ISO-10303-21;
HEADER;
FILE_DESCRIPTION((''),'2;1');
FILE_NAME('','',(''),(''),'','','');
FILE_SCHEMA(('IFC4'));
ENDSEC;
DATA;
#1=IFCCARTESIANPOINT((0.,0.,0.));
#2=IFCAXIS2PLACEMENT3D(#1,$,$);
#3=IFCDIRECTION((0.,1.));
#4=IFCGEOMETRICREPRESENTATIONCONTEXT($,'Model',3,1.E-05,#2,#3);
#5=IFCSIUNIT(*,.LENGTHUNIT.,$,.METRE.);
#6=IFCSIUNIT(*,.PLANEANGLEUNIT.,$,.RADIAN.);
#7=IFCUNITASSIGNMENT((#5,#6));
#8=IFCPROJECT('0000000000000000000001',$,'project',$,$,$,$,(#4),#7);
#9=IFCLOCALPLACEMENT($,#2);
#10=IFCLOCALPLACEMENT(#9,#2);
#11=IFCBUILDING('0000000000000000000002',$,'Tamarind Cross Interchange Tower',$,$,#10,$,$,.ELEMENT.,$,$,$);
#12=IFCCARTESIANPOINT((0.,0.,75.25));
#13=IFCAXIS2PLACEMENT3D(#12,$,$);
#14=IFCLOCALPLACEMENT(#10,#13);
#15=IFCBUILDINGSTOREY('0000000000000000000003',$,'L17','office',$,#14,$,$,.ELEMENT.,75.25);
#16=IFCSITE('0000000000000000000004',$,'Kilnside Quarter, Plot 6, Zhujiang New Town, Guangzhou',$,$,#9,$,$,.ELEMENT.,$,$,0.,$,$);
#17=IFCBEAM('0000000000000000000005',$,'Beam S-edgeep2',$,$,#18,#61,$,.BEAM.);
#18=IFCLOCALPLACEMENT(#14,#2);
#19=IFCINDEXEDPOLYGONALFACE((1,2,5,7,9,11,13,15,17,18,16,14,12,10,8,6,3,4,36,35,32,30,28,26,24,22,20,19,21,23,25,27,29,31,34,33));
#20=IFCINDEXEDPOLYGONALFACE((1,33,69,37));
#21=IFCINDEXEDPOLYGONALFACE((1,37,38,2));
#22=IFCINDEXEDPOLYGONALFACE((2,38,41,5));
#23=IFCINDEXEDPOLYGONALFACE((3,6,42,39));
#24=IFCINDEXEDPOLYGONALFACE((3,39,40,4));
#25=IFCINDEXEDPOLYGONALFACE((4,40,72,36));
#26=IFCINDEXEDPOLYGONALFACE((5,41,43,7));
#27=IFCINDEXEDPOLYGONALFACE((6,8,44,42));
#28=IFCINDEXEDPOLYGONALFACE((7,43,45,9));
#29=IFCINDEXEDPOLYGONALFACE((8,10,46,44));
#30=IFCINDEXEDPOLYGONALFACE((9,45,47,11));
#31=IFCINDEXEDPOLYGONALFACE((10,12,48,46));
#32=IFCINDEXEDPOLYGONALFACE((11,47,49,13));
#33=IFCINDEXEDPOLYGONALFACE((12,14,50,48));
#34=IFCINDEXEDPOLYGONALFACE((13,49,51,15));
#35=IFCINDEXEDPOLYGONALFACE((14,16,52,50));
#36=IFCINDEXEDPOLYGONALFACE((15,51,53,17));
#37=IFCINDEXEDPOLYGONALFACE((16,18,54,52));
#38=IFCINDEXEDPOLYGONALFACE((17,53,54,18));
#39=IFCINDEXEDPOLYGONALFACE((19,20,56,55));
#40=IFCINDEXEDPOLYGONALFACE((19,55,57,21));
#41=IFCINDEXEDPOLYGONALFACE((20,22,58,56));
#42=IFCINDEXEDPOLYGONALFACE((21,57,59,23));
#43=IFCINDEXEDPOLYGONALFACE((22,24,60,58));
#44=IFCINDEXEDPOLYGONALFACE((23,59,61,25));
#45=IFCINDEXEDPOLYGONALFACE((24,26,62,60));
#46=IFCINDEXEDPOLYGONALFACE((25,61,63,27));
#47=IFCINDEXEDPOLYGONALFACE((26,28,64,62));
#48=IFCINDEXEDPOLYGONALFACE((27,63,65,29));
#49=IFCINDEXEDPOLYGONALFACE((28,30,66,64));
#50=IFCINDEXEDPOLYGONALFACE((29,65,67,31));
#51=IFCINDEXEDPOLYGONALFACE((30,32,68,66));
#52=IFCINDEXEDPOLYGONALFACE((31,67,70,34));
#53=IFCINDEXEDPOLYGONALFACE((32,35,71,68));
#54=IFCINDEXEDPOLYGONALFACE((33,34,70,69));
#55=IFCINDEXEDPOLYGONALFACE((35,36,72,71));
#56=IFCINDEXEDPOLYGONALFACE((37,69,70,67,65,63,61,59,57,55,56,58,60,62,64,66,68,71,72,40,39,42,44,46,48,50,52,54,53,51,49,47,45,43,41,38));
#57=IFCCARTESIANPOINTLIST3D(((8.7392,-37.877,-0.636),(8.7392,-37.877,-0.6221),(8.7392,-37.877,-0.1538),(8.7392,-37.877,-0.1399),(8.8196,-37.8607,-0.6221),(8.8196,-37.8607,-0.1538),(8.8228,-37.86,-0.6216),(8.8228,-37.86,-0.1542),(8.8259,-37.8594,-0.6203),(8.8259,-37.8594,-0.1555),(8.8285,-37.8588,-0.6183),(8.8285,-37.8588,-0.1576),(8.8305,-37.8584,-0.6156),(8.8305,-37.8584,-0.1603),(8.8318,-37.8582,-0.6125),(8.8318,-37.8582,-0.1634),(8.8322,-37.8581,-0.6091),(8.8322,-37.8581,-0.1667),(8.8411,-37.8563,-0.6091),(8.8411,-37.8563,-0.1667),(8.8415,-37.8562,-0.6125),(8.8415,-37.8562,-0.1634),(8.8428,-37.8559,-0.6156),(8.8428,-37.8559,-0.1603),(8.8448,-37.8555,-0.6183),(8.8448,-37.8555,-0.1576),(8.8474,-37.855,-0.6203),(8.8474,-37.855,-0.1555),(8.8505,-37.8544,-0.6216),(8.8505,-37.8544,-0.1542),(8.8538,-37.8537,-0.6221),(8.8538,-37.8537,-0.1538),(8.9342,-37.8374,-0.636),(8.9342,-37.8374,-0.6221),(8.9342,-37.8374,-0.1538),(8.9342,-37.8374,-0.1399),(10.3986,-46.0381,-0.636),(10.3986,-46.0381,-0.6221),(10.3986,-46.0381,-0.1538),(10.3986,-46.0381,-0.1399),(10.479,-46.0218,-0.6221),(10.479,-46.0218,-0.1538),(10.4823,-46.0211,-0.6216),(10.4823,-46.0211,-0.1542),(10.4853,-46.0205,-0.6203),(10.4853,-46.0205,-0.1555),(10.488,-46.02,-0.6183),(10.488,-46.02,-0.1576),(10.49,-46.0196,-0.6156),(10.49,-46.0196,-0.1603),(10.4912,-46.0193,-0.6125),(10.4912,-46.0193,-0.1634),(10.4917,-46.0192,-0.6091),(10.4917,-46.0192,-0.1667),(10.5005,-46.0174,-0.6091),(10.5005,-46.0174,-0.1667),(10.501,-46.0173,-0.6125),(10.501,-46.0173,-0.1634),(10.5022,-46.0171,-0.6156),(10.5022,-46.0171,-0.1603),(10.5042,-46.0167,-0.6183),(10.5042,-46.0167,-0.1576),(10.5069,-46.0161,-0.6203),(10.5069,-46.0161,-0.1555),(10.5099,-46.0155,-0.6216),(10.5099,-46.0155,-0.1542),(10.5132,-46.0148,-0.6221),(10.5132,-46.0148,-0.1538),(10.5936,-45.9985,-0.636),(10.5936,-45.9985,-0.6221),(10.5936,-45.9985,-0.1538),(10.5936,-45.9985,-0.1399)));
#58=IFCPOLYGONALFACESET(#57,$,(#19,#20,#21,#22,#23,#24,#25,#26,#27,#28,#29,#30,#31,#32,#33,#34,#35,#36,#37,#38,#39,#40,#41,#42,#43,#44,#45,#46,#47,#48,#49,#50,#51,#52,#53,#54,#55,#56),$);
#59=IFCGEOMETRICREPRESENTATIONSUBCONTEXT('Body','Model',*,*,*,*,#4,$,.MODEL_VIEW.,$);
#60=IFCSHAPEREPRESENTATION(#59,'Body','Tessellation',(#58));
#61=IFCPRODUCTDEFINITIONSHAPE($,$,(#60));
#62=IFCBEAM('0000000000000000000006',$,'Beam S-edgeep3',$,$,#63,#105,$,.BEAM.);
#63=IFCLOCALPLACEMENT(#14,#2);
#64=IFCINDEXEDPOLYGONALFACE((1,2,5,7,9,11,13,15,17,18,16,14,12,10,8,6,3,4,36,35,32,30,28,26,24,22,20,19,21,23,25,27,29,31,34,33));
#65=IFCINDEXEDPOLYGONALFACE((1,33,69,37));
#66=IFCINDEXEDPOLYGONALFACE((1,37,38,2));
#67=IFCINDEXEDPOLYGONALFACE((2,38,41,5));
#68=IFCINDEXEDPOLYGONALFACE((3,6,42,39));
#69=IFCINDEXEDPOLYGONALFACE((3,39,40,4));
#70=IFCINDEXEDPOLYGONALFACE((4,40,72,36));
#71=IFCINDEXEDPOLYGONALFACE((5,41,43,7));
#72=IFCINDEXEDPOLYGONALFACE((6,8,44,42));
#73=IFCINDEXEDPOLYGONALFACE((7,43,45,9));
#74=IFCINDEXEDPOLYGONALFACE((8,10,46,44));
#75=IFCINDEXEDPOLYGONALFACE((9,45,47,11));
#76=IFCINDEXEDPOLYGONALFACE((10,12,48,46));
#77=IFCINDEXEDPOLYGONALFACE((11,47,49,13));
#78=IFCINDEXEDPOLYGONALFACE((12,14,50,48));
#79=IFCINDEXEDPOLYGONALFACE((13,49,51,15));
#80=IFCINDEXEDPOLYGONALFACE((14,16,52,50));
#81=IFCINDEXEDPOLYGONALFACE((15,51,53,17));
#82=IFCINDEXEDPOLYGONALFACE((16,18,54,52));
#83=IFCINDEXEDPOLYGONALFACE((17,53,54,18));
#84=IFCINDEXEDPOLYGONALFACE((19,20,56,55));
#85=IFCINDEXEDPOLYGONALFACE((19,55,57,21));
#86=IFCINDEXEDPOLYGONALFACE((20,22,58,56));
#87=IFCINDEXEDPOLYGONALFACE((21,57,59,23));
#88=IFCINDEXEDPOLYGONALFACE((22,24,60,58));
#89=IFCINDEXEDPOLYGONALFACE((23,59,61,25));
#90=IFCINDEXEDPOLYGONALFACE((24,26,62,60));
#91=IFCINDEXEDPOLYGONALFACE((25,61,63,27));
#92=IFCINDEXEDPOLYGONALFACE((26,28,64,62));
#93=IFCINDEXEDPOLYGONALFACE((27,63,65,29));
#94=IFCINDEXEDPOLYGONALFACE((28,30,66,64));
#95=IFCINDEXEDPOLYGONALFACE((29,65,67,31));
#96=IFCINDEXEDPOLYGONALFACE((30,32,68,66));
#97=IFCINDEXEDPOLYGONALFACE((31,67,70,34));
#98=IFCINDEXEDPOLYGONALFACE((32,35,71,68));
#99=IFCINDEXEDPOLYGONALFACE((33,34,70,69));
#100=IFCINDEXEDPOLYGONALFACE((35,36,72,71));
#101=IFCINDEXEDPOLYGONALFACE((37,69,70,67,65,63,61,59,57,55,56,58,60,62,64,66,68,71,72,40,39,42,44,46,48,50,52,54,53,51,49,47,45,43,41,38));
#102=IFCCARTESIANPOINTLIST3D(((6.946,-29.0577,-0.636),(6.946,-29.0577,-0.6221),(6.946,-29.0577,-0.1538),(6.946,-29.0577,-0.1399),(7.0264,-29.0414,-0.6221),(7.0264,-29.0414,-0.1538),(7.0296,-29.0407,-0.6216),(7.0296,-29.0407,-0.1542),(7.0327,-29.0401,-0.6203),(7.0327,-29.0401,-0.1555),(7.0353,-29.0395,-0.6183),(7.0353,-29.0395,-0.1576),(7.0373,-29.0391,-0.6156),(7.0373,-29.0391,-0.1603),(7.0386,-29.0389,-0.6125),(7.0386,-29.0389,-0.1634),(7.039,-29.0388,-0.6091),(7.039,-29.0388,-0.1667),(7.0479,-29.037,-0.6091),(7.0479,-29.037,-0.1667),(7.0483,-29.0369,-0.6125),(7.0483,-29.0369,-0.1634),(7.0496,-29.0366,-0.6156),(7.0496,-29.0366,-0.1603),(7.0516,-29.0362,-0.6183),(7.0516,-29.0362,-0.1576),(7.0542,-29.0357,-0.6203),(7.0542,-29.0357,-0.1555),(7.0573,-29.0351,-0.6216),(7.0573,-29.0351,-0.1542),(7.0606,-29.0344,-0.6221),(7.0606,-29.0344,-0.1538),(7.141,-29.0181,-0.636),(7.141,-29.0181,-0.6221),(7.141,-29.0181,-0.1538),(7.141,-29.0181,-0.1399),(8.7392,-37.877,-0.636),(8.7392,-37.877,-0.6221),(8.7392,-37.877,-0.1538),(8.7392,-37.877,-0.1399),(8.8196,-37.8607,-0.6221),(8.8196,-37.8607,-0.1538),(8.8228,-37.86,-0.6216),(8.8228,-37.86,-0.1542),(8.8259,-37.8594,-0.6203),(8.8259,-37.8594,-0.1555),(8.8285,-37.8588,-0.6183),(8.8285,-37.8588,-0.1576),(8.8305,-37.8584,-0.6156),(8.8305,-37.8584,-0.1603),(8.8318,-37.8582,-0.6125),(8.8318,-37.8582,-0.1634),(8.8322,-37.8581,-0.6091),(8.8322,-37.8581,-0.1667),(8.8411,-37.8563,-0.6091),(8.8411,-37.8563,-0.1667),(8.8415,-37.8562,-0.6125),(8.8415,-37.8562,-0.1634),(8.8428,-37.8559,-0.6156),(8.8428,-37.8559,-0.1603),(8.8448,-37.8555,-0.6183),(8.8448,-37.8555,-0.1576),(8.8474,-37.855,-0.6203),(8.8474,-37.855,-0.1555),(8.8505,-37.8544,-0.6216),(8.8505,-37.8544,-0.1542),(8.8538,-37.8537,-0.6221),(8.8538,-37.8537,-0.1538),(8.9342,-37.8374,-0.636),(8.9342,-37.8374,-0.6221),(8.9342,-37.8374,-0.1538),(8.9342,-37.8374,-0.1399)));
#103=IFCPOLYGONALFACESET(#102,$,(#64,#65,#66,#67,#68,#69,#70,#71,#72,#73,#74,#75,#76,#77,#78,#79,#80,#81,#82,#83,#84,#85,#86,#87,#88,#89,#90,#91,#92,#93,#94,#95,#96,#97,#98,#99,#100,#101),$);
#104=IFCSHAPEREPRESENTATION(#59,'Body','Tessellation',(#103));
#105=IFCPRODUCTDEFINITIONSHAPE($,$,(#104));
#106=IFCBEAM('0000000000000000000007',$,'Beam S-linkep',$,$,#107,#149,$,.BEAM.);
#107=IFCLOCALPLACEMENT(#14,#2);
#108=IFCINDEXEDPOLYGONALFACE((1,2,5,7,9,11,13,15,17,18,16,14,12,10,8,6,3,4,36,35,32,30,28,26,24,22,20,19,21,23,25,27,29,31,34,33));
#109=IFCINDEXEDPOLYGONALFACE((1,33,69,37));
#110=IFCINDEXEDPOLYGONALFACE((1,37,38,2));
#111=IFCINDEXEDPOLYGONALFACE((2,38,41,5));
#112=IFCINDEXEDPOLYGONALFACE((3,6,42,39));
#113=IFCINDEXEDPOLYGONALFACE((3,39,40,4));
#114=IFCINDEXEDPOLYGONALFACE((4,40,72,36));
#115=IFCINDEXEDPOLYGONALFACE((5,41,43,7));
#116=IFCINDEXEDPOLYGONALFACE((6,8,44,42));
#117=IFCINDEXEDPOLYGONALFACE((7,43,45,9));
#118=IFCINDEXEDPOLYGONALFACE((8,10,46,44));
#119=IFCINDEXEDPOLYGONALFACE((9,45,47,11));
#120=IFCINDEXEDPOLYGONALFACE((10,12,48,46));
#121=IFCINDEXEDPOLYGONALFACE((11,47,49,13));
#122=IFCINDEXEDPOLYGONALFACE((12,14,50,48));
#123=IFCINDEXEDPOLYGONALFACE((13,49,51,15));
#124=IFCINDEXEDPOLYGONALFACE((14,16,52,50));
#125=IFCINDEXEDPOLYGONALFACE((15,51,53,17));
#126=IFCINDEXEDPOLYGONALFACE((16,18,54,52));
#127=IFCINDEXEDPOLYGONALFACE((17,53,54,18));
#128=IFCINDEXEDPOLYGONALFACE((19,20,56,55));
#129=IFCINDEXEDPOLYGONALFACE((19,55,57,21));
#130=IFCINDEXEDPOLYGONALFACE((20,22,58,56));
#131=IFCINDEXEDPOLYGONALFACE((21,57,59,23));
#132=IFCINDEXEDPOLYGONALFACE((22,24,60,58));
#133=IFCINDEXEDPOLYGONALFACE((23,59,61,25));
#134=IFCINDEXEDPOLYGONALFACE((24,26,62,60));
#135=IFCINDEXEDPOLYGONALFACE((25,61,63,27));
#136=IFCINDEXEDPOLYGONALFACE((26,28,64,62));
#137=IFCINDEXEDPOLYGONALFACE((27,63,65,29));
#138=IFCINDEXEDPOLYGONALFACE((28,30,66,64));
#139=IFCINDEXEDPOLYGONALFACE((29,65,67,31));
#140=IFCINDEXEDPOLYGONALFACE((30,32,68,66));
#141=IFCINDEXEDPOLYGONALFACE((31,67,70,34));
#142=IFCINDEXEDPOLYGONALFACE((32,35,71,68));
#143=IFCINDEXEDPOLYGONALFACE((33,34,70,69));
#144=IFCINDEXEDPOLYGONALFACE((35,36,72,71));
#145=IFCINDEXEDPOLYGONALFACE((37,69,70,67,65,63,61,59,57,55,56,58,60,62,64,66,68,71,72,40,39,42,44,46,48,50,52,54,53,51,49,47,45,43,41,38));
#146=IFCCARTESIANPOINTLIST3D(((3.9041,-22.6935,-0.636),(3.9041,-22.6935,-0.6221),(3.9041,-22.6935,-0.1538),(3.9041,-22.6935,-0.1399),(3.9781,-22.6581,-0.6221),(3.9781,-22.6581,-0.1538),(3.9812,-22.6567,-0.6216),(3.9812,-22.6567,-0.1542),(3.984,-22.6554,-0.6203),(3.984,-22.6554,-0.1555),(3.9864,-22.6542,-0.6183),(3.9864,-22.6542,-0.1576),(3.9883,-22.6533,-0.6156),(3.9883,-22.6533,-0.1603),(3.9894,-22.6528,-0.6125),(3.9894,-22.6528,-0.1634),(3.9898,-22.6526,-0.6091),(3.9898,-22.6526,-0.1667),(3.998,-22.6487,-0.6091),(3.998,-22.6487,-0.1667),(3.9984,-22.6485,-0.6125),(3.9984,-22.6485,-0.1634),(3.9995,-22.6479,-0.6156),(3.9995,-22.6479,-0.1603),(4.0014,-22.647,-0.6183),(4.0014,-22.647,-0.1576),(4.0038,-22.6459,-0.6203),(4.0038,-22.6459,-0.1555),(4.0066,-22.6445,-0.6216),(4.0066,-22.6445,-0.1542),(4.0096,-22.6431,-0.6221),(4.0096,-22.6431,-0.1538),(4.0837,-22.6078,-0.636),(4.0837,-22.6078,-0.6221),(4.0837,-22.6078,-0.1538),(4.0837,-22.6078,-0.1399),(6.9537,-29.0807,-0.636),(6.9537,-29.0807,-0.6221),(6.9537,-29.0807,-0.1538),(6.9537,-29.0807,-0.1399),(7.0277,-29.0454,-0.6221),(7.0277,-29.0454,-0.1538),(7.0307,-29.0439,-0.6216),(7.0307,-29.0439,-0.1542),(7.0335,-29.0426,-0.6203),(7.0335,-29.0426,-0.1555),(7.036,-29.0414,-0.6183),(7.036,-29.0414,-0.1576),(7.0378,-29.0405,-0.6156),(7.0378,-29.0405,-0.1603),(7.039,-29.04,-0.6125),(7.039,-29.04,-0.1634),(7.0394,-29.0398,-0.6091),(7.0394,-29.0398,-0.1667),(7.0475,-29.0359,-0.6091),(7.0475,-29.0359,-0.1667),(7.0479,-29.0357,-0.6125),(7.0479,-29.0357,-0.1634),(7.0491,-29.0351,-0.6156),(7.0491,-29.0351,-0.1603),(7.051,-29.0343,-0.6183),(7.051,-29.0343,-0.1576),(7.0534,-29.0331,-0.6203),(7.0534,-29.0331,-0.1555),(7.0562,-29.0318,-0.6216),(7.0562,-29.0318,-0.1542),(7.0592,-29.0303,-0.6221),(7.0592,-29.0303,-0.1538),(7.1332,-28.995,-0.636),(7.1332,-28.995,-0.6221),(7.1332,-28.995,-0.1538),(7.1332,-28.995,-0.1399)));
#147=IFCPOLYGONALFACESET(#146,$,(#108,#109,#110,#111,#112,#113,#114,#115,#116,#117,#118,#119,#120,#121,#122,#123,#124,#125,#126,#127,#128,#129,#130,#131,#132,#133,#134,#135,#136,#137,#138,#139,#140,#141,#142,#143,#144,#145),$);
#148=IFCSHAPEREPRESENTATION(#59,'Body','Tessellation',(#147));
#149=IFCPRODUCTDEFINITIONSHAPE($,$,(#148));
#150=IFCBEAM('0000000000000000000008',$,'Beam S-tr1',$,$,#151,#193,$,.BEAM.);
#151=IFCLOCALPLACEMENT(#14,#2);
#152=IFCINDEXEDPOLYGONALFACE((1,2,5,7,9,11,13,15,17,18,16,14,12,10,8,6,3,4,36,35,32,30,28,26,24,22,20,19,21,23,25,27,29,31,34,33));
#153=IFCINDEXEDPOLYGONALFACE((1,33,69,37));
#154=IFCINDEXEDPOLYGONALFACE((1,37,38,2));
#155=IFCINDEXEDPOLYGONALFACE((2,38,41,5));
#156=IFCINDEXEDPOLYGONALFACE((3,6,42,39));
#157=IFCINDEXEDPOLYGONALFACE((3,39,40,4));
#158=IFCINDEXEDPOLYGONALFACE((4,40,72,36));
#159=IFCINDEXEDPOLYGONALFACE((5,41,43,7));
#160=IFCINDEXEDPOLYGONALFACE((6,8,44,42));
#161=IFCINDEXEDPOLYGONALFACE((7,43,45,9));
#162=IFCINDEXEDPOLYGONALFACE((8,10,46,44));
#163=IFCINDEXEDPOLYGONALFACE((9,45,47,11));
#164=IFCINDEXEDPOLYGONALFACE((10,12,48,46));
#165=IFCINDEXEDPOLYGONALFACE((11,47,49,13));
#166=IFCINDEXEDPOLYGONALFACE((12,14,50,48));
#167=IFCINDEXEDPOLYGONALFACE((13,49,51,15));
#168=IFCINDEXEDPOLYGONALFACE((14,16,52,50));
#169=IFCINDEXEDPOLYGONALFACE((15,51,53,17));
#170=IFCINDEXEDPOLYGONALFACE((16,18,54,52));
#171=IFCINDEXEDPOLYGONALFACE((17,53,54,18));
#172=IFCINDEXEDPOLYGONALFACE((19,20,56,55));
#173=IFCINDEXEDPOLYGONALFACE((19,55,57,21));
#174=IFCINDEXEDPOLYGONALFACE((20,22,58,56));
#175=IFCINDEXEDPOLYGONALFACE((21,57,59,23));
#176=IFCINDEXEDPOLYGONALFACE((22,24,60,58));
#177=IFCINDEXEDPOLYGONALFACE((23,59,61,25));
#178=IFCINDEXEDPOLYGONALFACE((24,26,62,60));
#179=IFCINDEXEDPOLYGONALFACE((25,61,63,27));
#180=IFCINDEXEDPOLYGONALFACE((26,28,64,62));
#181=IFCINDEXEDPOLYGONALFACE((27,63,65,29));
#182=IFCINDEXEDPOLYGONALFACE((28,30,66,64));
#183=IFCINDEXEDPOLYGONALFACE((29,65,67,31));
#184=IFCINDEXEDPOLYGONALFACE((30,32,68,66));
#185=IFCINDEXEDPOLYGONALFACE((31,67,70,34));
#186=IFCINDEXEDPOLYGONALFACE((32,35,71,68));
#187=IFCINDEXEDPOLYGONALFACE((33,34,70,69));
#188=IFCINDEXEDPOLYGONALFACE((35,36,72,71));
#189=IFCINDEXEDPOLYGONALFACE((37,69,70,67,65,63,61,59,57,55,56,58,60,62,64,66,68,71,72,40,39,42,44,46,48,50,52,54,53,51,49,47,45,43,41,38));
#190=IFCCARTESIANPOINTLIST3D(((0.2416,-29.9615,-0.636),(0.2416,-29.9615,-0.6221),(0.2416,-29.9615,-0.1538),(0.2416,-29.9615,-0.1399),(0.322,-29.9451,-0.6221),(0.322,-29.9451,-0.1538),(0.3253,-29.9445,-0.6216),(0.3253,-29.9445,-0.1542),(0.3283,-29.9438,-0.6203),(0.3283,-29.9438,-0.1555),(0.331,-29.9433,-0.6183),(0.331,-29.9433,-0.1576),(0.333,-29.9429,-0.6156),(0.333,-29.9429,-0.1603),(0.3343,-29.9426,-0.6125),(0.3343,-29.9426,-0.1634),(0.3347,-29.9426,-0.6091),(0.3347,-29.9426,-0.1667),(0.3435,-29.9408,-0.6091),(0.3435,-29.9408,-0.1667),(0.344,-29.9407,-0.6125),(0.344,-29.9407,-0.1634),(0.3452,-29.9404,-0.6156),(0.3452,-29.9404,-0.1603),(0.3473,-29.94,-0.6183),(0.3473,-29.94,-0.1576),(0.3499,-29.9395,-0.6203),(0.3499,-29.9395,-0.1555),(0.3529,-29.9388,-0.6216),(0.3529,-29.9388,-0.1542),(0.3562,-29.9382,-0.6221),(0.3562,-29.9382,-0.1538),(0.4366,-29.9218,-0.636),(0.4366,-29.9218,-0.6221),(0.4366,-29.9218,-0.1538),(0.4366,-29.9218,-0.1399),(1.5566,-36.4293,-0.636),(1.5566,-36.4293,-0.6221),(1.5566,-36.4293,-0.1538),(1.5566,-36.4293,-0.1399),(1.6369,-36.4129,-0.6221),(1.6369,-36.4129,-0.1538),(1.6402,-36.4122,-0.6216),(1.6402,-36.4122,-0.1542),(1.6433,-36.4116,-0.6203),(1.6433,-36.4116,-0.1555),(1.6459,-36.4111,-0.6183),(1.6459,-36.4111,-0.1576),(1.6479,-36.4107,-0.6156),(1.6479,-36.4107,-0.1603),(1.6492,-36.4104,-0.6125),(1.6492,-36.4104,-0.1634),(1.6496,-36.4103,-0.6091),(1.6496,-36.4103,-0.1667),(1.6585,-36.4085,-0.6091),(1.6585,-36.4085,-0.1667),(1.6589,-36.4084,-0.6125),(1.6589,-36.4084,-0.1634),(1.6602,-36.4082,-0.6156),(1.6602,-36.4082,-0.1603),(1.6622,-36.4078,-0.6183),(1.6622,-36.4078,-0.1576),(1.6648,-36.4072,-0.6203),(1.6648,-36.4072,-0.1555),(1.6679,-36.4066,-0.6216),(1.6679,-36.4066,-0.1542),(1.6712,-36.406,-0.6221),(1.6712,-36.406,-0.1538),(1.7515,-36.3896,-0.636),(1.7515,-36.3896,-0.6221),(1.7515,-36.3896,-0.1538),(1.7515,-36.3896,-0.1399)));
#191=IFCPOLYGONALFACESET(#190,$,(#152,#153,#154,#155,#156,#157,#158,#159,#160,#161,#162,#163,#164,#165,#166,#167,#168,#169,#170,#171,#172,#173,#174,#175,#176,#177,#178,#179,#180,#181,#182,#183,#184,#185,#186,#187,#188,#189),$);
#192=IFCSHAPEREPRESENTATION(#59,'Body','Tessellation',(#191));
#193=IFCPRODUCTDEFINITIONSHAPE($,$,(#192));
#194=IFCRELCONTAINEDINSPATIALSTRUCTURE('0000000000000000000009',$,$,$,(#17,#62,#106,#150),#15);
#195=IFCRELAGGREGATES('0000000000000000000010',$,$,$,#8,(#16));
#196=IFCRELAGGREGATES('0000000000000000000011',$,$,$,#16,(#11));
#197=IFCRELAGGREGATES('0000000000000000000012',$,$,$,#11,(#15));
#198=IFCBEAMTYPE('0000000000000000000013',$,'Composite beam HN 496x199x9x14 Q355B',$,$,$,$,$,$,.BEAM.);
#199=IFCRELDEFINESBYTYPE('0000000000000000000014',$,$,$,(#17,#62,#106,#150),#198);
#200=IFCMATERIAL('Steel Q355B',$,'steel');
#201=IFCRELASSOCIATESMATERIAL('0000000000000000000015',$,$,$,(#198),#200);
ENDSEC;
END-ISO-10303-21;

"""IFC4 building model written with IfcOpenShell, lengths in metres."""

from ifc_helpers import new_model, si_unit, direction, frame, origin, origin_2d, place, context, subcontext, project, spatial, i_section, extrude, material, material_profile, profile_set, type_object, element, save


model = new_model("IFC4")

# Units and contexts
model_context = context("Model", 3, precision=1e-05, world=origin(), true_north=direction((0.0, 1.0)))
body_context = subcontext(model_context, "Body", "Model", "MODEL_VIEW")
ifc_project = project(units=[si_unit("LENGTHUNIT", "METRE"), si_unit("PLANEANGLEUNIT", "RADIAN")], contexts=[model_context])

# Site, building, storey
site_placement = place(None, origin())
site = spatial("IfcSite", under=ifc_project, at=site_placement, Name="Kilnside Quarter, Plot 6, Zhujiang New Town, Guangzhou", CompositionType="ELEMENT", RefElevation=0.0)
building_placement = place(site_placement, origin())
building = spatial("IfcBuilding", under=site, at=building_placement, Name="Tamarind Cross Interchange Tower", CompositionType="ELEMENT")
storey_placement = place(building_placement, frame((0.0, 0.0, 75.25)))
storey = spatial("IfcBuildingStorey", under=building, at=storey_placement, Name="L17", Description="office", CompositionType="ELEMENT", Elevation=75.25)

# Beams
ifc_material_1 = material(Name="Steel Q355B", Category="steel")
ifc_material_profile_1 = material_profile(ifc_material_1, i_section(OverallWidth=0.199, OverallDepth=0.4961, WebThickness=0.009, FlangeThickness=0.0139, FilletRadius=0.0129, at=origin_2d()), Name="HN 496x199x9x14")
ifc_profile_set_1 = profile_set([ifc_material_profile_1], Name="Steel Q355B")
beam_type_1 = type_object("IfcBeamType", Name="Composite beam HN 496x199x9x14 Q355B", PredefinedType="BEAM", material=ifc_profile_set_1)
beam_1_placement = place(storey_placement, frame((10.4961, -46.0183, -0.3879), z_axis=(-0.199255, 0.979948, 0.0), x_axis=(-0.979948, -0.199255, 0.0)))
element("IfcBeam", 1, at=beam_1_placement, inside=storey, type_object=beam_type_1, Name="Beam S-edgeep2", PredefinedType="BEAM", context=body_context, shape_type="SweptSolid", body=[
    extrude(i_section(OverallWidth=0.199, OverallDepth=0.4961, WebThickness=0.009, FlangeThickness=0.0139, FilletRadius=0.0129, at=origin_2d()), origin(), (0.0, 0.0, 1.0), 8.3281),
])
beam_2_placement = place(storey_placement, frame((8.8367, -37.8572, -0.3879), z_axis=(-0.19925, 0.979949, 0.0), x_axis=(-0.979949, -0.19925, 0.0)))
element("IfcBeam", 2, at=beam_2_placement, inside=storey, type_object=beam_type_1, Name="Beam S-edgeep3", PredefinedType="BEAM", context=body_context, shape_type="SweptSolid", body=[
    extrude(i_section(OverallWidth=0.199, OverallDepth=0.4961, WebThickness=0.009, FlangeThickness=0.0139, FilletRadius=0.0129, at=origin_2d()), origin(), (0.0, 0.0, 1.0), 8.9998),
])
beam_3_placement = place(storey_placement, frame((7.0435, -29.0378, -0.3879), z_axis=(-0.430859, 0.902419, 0.0), x_axis=(-0.902419, -0.430859, 0.0)))
element("IfcBeam", 3, at=beam_3_placement, inside=storey, type_object=beam_type_1, Name="Beam S-linkep", PredefinedType="BEAM", context=body_context, shape_type="SweptSolid", body=[
    extrude(i_section(OverallWidth=0.199, OverallDepth=0.4961, WebThickness=0.009, FlangeThickness=0.0139, FilletRadius=0.0129, at=origin_2d()), origin(), (0.0, 0.0, 1.0), 7.0779),
])
beam_4_placement = place(storey_placement, frame((0.3391, -29.9417, -0.3879), z_axis=(0.199231, -0.979953, 0.0), x_axis=(0.979953, 0.199231, 0.0)))
element("IfcBeam", 4, at=beam_4_placement, inside=storey, type_object=beam_type_1, Name="Beam S-tr1", PredefinedType="BEAM", context=body_context, shape_type="SweptSolid", body=[
    extrude(i_section(OverallWidth=0.199, OverallDepth=0.4961, WebThickness=0.009, FlangeThickness=0.0139, FilletRadius=0.0129, at=origin_2d()), origin(), (0.0, 0.0, 1.0), 6.6001),
])

save(model, "model.ifc")
